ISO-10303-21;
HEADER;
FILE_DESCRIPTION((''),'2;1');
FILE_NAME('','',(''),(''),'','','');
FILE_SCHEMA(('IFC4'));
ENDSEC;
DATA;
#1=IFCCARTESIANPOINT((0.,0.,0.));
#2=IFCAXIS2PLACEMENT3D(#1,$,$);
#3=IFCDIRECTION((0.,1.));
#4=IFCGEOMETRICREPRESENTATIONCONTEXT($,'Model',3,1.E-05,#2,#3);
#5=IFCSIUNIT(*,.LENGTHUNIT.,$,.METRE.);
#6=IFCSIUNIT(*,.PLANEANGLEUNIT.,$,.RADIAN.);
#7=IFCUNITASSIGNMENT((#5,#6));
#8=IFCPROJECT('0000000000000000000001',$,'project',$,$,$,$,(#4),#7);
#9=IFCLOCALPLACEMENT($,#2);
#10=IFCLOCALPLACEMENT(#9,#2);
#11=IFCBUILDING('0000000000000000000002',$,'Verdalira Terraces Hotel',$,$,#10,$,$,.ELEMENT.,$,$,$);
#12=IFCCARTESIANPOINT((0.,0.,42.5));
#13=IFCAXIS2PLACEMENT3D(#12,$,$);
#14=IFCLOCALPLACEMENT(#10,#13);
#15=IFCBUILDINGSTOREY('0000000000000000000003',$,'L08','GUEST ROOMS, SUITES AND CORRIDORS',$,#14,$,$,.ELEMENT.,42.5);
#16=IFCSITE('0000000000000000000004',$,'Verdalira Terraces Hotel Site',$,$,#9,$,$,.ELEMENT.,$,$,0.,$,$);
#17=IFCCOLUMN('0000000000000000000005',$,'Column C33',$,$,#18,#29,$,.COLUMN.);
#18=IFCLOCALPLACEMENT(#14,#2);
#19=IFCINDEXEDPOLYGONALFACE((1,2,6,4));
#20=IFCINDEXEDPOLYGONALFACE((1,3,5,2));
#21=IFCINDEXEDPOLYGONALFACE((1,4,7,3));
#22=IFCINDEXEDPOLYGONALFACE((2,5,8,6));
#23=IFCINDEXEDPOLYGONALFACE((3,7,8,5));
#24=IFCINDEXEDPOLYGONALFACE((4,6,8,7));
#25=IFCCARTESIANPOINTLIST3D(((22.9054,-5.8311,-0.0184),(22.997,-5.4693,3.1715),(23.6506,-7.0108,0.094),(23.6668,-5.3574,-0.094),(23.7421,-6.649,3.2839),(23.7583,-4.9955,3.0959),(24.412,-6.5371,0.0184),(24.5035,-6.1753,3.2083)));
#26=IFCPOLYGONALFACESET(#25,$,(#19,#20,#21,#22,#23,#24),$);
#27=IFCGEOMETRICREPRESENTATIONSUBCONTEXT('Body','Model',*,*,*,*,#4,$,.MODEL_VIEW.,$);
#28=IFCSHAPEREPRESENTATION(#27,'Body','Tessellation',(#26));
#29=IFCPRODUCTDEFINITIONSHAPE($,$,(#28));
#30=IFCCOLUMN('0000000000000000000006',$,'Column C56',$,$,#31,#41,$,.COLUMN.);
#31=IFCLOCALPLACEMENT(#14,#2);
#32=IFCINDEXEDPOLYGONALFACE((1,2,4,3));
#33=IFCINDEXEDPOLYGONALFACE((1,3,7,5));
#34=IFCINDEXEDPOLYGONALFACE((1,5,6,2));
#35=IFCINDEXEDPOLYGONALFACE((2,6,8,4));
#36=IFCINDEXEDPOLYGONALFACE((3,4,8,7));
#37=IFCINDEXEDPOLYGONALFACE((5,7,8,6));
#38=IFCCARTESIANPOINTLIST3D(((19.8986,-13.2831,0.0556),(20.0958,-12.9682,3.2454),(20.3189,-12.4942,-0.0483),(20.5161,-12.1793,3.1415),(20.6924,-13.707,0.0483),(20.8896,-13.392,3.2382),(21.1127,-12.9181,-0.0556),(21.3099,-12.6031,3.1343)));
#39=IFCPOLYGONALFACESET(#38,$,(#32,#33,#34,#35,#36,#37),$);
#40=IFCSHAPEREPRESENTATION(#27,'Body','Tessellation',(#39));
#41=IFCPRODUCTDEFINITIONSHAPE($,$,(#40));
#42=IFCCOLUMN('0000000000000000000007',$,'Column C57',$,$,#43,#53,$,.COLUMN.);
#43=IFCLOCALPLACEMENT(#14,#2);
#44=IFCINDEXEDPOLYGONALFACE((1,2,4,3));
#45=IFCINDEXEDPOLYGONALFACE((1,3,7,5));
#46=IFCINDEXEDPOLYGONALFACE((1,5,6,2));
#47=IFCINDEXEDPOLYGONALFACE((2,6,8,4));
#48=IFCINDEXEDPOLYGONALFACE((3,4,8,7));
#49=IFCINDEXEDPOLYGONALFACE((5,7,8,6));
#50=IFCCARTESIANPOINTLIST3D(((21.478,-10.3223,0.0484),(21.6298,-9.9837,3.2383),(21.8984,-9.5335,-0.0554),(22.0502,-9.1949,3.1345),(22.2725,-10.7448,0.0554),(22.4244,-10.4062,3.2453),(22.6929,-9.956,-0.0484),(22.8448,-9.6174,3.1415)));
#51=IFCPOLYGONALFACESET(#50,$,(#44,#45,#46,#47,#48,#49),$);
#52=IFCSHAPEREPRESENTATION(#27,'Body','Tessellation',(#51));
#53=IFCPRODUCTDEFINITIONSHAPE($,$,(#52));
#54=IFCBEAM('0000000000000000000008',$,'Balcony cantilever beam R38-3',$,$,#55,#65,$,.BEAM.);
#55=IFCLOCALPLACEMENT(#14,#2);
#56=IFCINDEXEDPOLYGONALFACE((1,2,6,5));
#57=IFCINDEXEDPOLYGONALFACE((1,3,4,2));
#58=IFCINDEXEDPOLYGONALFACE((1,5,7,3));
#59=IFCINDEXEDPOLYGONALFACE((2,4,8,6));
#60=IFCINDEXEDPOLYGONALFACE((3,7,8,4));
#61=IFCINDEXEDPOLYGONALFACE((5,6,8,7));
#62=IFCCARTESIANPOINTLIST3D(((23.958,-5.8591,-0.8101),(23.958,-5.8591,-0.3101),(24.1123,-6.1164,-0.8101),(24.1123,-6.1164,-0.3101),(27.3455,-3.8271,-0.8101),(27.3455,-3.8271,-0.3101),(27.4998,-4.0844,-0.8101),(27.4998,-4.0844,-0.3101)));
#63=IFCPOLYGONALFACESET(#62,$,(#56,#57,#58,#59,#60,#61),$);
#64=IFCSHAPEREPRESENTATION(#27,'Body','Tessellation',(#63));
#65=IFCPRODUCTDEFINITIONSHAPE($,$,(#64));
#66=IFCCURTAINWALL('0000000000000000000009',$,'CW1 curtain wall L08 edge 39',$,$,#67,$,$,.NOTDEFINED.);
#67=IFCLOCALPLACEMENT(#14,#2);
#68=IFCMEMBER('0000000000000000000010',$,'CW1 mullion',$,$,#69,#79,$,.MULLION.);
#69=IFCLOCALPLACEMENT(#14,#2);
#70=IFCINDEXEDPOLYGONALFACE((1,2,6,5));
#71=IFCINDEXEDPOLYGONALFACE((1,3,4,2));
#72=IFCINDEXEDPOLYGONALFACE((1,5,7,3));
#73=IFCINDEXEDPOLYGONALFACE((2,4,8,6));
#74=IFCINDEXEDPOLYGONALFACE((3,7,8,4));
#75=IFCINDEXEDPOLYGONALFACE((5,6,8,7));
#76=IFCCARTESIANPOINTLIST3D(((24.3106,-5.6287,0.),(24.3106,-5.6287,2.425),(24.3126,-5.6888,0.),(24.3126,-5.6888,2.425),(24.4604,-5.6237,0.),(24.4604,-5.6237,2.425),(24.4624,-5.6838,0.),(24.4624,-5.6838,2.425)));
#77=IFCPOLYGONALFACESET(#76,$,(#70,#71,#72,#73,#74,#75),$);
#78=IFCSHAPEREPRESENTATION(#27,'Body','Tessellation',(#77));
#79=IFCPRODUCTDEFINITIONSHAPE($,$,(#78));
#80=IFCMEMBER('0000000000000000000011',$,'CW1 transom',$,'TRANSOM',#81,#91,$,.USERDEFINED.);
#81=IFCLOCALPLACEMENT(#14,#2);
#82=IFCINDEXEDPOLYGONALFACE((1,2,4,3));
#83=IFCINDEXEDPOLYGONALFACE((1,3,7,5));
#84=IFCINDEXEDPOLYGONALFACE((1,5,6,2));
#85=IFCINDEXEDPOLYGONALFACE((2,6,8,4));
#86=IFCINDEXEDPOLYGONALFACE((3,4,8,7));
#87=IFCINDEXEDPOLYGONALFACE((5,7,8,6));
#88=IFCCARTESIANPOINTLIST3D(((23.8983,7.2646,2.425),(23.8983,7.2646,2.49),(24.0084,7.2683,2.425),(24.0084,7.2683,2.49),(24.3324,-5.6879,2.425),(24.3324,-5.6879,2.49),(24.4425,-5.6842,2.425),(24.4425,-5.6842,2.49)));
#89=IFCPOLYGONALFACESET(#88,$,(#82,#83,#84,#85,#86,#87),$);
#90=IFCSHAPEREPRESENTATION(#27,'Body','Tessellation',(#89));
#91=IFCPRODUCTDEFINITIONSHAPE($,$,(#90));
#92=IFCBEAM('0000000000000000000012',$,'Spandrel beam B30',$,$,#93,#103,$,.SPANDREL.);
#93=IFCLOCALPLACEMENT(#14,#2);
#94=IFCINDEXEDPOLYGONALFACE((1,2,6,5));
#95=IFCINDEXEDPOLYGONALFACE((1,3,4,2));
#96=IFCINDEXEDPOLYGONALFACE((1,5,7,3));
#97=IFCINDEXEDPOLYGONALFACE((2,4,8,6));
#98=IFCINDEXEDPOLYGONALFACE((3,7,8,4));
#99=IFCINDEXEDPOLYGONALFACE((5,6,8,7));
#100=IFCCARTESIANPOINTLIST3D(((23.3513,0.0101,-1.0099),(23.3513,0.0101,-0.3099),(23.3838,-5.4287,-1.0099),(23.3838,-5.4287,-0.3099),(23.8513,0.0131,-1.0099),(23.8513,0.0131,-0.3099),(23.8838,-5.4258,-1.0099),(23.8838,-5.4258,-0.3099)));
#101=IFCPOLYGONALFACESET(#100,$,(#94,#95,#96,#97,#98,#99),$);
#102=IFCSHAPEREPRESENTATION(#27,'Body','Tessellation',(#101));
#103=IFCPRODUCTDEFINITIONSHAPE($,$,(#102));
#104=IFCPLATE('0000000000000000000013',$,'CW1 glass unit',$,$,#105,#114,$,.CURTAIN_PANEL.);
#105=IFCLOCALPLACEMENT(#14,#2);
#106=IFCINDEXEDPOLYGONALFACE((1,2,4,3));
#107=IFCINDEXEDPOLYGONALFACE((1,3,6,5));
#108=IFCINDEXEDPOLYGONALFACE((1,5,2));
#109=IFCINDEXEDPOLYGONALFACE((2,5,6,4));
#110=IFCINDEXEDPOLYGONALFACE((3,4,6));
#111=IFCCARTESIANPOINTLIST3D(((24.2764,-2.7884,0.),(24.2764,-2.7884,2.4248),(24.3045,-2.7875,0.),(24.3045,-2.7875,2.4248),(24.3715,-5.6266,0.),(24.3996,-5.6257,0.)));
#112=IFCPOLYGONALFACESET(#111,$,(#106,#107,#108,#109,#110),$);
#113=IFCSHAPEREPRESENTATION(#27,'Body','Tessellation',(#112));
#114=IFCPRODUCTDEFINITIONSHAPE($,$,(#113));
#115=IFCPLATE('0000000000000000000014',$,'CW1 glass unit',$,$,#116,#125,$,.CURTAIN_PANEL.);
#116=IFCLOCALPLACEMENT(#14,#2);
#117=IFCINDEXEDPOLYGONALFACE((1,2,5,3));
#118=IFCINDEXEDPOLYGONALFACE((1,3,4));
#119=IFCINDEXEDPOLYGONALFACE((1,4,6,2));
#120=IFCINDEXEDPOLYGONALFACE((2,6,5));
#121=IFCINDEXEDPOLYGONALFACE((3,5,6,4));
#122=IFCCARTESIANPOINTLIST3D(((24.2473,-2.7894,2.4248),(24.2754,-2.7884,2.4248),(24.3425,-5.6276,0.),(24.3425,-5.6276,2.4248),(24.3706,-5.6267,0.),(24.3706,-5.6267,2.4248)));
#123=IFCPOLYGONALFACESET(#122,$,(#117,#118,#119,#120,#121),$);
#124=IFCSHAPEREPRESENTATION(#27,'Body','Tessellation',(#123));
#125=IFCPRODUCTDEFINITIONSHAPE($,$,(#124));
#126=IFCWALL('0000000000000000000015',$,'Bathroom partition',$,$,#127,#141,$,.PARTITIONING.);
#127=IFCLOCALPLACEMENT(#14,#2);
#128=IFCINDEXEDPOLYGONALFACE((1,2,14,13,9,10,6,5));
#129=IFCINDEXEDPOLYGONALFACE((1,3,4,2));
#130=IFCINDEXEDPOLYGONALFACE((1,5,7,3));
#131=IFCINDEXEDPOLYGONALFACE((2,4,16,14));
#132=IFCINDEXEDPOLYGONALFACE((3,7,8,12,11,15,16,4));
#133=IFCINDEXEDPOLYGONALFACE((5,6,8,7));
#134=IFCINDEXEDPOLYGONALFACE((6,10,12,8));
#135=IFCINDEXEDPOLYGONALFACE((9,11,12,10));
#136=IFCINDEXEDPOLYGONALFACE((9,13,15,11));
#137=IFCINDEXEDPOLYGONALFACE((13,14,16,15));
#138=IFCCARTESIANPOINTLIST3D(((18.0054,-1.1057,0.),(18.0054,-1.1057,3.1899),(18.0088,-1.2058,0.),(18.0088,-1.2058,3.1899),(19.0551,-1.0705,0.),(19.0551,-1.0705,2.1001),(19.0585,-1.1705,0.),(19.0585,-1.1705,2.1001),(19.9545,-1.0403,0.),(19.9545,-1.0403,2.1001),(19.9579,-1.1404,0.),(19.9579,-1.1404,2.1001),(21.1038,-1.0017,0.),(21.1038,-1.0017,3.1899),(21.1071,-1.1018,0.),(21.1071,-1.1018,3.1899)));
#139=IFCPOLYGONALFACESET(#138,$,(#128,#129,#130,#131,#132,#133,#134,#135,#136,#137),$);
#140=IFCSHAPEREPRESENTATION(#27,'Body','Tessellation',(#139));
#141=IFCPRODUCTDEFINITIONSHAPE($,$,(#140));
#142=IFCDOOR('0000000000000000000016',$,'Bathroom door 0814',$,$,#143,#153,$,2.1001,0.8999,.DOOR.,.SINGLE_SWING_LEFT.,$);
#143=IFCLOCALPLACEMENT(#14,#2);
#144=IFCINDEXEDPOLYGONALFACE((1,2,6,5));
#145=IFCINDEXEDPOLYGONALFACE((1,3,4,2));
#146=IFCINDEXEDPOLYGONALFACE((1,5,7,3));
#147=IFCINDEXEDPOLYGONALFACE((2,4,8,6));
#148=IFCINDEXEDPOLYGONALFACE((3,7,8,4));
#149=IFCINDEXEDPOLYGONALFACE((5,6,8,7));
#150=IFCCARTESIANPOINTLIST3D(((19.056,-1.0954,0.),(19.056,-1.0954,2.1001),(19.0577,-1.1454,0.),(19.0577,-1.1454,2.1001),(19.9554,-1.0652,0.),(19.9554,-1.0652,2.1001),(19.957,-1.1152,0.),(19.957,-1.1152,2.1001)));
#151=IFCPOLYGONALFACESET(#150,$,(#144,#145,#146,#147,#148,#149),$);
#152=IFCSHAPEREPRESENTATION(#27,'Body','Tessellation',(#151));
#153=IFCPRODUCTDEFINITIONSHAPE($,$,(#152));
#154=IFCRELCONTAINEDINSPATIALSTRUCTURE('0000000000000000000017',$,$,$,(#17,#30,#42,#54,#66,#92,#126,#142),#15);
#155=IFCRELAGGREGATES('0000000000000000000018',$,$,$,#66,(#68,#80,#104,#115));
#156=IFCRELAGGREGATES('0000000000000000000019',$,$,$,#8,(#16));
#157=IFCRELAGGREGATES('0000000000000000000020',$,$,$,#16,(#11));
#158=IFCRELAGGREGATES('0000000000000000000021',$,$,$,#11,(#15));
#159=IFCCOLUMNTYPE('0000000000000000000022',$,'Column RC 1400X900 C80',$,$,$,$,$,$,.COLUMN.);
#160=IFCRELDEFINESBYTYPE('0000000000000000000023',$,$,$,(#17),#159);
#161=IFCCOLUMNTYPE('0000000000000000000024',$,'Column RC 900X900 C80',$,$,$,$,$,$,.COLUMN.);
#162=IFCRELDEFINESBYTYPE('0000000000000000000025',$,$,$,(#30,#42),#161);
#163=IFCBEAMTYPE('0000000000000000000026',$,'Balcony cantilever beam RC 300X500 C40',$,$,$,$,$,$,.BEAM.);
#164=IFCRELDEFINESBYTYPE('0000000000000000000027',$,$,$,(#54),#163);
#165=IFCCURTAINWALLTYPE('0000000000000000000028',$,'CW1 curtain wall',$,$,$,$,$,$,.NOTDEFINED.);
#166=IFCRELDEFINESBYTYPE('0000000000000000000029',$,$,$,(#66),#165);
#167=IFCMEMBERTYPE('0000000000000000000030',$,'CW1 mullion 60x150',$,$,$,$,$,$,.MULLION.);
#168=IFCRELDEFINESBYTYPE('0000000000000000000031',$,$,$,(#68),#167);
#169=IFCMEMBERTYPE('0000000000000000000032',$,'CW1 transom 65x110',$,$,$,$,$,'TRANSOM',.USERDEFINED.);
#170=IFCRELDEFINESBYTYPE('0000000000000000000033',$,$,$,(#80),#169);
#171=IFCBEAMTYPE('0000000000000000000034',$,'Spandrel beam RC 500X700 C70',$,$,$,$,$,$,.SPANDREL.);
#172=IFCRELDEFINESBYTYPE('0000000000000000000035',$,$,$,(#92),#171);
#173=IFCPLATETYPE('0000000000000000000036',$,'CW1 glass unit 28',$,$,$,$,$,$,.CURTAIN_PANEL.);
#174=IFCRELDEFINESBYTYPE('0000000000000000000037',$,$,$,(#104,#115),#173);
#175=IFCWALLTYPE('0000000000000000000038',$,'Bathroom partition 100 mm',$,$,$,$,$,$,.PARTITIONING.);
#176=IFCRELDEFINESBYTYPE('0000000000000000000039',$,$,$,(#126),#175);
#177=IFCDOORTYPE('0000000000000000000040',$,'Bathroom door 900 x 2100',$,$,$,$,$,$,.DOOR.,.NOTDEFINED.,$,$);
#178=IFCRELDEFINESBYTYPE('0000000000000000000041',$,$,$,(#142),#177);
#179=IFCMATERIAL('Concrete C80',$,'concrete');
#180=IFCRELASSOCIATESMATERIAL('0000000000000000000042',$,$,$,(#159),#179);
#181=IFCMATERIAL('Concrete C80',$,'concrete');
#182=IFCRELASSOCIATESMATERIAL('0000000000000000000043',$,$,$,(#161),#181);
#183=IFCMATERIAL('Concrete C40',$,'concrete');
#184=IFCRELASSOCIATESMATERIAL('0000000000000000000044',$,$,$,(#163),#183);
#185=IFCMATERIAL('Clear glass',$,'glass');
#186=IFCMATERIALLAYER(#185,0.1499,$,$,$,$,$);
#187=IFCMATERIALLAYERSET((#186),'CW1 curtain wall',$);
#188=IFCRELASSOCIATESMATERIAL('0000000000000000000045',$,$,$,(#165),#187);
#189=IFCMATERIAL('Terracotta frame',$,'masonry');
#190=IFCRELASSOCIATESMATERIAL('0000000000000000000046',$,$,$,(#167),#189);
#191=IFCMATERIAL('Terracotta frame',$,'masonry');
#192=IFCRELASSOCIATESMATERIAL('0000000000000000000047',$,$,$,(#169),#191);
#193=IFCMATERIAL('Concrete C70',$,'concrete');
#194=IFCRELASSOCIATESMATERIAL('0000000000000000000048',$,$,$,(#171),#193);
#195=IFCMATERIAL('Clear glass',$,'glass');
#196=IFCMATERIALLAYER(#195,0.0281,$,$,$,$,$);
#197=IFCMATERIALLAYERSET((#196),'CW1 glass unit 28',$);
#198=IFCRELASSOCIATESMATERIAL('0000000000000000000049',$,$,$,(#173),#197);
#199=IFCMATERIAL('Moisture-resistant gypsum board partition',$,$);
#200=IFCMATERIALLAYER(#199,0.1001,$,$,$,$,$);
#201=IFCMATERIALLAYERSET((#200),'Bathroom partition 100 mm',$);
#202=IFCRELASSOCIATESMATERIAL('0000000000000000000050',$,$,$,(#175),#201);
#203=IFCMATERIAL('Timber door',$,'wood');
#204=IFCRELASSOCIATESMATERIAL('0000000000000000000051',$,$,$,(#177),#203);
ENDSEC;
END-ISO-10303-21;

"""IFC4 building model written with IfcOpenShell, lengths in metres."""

from ifc_helpers import new_model, si_unit, direction, frame, frame_2d, origin, origin_2d, place, context, subcontext, project, spatial, polyline, rectangle, outline, extrude, material, layer, layer_set, material_profile, profile_set, type_object, element, fill, aggregate, save


model = new_model("IFC4")

# Units and contexts
model_context = context("Model", 3, precision=1e-05, world=origin(), true_north=direction((0.0, 1.0)))
body_context = subcontext(model_context, "Body", "Model", "MODEL_VIEW")
ifc_project = project(units=[si_unit("LENGTHUNIT", "METRE"), si_unit("PLANEANGLEUNIT", "RADIAN")], contexts=[model_context])

# Site, building, storey
site_placement = place(None, origin())
site = spatial("IfcSite", under=ifc_project, at=site_placement, Name="Verdalira Terraces Hotel Site", CompositionType="ELEMENT", RefElevation=0.0)
building_placement = place(site_placement, origin())
building = spatial("IfcBuilding", under=site, at=building_placement, Name="Verdalira Terraces Hotel", CompositionType="ELEMENT")
storey_placement = place(building_placement, frame((0.0, 0.0, 42.5)))
storey = spatial("IfcBuildingStorey", under=building, at=storey_placement, Name="L08", Description="GUEST ROOMS, SUITES AND CORRIDORS", CompositionType="ELEMENT", Elevation=42.5)

# Columns
ifc_material_1 = material(Name="Concrete C80", Category="concrete")
ifc_material_profile_1 = material_profile(ifc_material_1, rectangle(XDim=1.3999, YDim=0.8999, at=origin_2d()), Name="RC 1400X900")
ifc_profile_set_1 = profile_set([ifc_material_profile_1], Name="Concrete C80")
column_type_1 = type_object("IfcColumnType", Name="Column RC 1400X900 C80", PredefinedType="COLUMN", material=ifc_profile_set_1)
column_placement = place(storey_placement, frame((23.6587, -6.1841, 0.0), z_axis=(0.028506, 0.112656, 0.993225), x_axis=(0.532308, -0.842733, 0.080309)))
element("IfcColumn", 1, at=column_placement, inside=storey, type_object=column_type_1, Name="Column C33", PredefinedType="COLUMN", context=body_context, shape_type="SweptSolid", body=[
    extrude(rectangle(XDim=1.3999, YDim=0.8999, at=origin_2d()), origin(), (0.0, 0.0, 1.0), 3.2117),
])
ifc_material_2 = material(Name="Concrete C80", Category="concrete")
ifc_material_profile_2 = material_profile(ifc_material_2, rectangle(XDim=0.8999, YDim=0.8999, at=origin_2d()), Name="RC 900X900")
ifc_profile_set_2 = profile_set([ifc_material_profile_2], Name="Concrete C80")
column_type_2 = type_object("IfcColumnType", Name="Column RC 900X900 C80", PredefinedType="COLUMN", material=ifc_profile_set_2)
for number, where, z_axis, x_axis, name in (
    (2, (20.5056, -13.1006, 0.0), (0.061424, 0.098066, 0.993282), (0.882088, -0.471016, -0.008045), "Column C56"),
    (3, (22.0854, -10.1392, 0.0), (0.047286, 0.105442, 0.993301), (0.8829, -0.469497, 0.007809), "Column C57"),
):
    element("IfcColumn", number, at=place(storey_placement, frame(where, z_axis=z_axis, x_axis=x_axis)), inside=storey, type_object=column_type_2, Name=name, PredefinedType="COLUMN", context=body_context, shape_type="SweptSolid", body=[
        extrude(rectangle(XDim=0.8999, YDim=0.8999, at=origin_2d()), origin(), (0.0, 0.0, 1.0), 3.2114),
    ])

# Beam
ifc_material_3 = material(Name="Concrete C40", Category="concrete")
ifc_material_profile_3 = material_profile(ifc_material_3, rectangle(XDim=0.3, YDim=0.5, at=origin_2d()), Name="RC 300X500")
ifc_profile_set_3 = profile_set([ifc_material_profile_3], Name="Concrete C40")
beam_type_1 = type_object("IfcBeamType", Name="Balcony cantilever beam RC 300X500 C40", PredefinedType="BEAM", material=ifc_profile_set_3)
beam_1_placement = place(storey_placement, frame((24.0352, -5.9878, -0.5601), z_axis=(0.857547, 0.514405, 0.0), x_axis=(-0.514405, 0.857547, 0.0)))
element("IfcBeam", 4, at=beam_1_placement, inside=storey, type_object=beam_type_1, Name="Balcony cantilever beam R38-3", PredefinedType="BEAM", context=body_context, shape_type="SweptSolid", body=[
    extrude(rectangle(XDim=0.3, YDim=0.5, at=origin_2d()), origin(), (0.0, 0.0, 1.0), 3.9502),
])

# Curtain wall, members
ifc_material_4 = material(Name="Clear glass", Category="glass")
ifc_layer_1 = layer(ifc_material_4, 0.1499)
ifc_layer_set_1 = layer_set([ifc_layer_1], Name="CW1 curtain wall")
curtain_wall_type = type_object("IfcCurtainWallType", Name="CW1 curtain wall", PredefinedType="NOTDEFINED", material=ifc_layer_set_1)
curtain_wall_placement = place(storey_placement, origin())
curtain_wall = element("IfcCurtainWall", 5, at=curtain_wall_placement, inside=storey, type_object=curtain_wall_type, Name="CW1 curtain wall L08 edge 39", PredefinedType="NOTDEFINED")
ifc_material_5 = material(Name="Terracotta frame", Category="masonry")
ifc_material_profile_4 = material_profile(ifc_material_5, rectangle(XDim=0.0601, YDim=0.1499, at=origin_2d()), Name="MU 60x150")
ifc_profile_set_4 = profile_set([ifc_material_profile_4], Name="Terracotta frame")
member_type_1 = type_object("IfcMemberType", Name="CW1 mullion 60x150", PredefinedType="MULLION", material=ifc_profile_set_4)
member_1_placement = place(storey_placement, frame((24.3865, -5.6562, 0.0), z_axis=(0.0, 0.0, 1.0), x_axis=(-0.033504, 0.999439, 0.0)))
member_1 = element("IfcMember", 6, at=member_1_placement, type_object=member_type_1, Name="CW1 mullion", PredefinedType="MULLION", context=body_context, shape_type="SweptSolid", body=[
    extrude(rectangle(XDim=0.0601, YDim=0.1499, at=origin_2d()), origin(), (0.0, 0.0, 1.0), 2.425),
])
ifc_material_6 = material(Name="Terracotta frame", Category="masonry")
ifc_material_profile_5 = material_profile(ifc_material_6, rectangle(XDim=0.1101, YDim=0.0649, at=origin_2d()), Name="TR 65x110")
ifc_profile_set_5 = profile_set([ifc_material_profile_5], Name="Terracotta frame")
member_type_2 = type_object("IfcMemberType", Name="CW1 transom 65x110", ElementType="TRANSOM", PredefinedType="USERDEFINED", material=ifc_profile_set_5)
member_2_placement = place(storey_placement, frame((24.3875, -5.686, 2.4575), z_axis=(-0.033495, 0.999439, 0.0), x_axis=(-0.999439, -0.033495, 0.0)))
member_2 = element("IfcMember", 7, at=member_2_placement, type_object=member_type_2, Name="CW1 transom", ObjectType="TRANSOM", PredefinedType="USERDEFINED", context=body_context, shape_type="SweptSolid", body=[
    extrude(rectangle(XDim=0.1101, YDim=0.0649, at=origin_2d()), origin(), (0.0, 0.0, 1.0), 12.9597),
])

# Beam
ifc_material_7 = material(Name="Concrete C70", Category="concrete")
ifc_material_profile_6 = material_profile(ifc_material_7, rectangle(XDim=0.5, YDim=0.7, at=origin_2d()), Name="RC 500X700")
ifc_profile_set_6 = profile_set([ifc_material_profile_6], Name="Concrete C70")
beam_type_2 = type_object("IfcBeamType", Name="Spandrel beam RC 500X700 C70", PredefinedType="SPANDREL", material=ifc_profile_set_6)
beam_2_placement = place(storey_placement, frame((23.6338, -5.4272, -0.6599), z_axis=(-0.00597, 0.999982, 0.0), x_axis=(-0.999982, -0.00597, 0.0)))
element("IfcBeam", 8, at=beam_2_placement, inside=storey, type_object=beam_type_2, Name="Spandrel beam B30", PredefinedType="SPANDREL", context=body_context, shape_type="SweptSolid", body=[
    extrude(rectangle(XDim=0.5, YDim=0.7, at=origin_2d()), origin(), (0.0, 0.0, 1.0), 5.439),
])

# Plates
ifc_material_8 = material(Name="Clear glass", Category="glass")
ifc_layer_2 = layer(ifc_material_8, 0.0281)
ifc_layer_set_2 = layer_set([ifc_layer_2], Name="CW1 glass unit 28")
plate_type = type_object("IfcPlateType", Name="CW1 glass unit 28", PredefinedType="CURTAIN_PANEL", material=ifc_layer_set_2)
plate_1_placement = place(storey_placement, frame((24.324, -4.2075, 1.2124), z_axis=(0.999439, 0.033504, 0.0), x_axis=(-0.033504, 0.999439, 0.0)))
plate_1 = element("IfcPlate", 9, at=plate_1_placement, type_object=plate_type, Name="CW1 glass unit", PredefinedType="CURTAIN_PANEL", context=body_context, shape_type="SweptSolid", body=[
    extrude(outline(polyline([(-1.4199, -1.2124), (1.4199, -1.2124), (1.4199, 1.2124), (-1.4199, -1.2124)])), origin(), (0.0, 0.0, 1.0), 0.0281),
])
plate_2_placement = place(storey_placement, frame((24.2949, -4.2085, 1.2124), z_axis=(0.999439, 0.033504, 0.0), x_axis=(-0.033504, 0.999439, 0.0)))
plate_2 = element("IfcPlate", 10, at=plate_2_placement, type_object=plate_type, Name="CW1 glass unit", PredefinedType="CURTAIN_PANEL", context=body_context, shape_type="SweptSolid", body=[
    extrude(outline(polyline([(-1.4199, -1.2124), (1.4199, 1.2124), (-1.4199, 1.2124), (-1.4199, -1.2124)])), origin(), (0.0, 0.0, 1.0), 0.0281),
])
aggregate(curtain_wall, [member_1, member_2, plate_1, plate_2])

# Wall, opening, door
ifc_material_9 = material(Name="Moisture-resistant gypsum board partition")
ifc_layer_3 = layer(ifc_material_9, 0.1001)
ifc_layer_set_3 = layer_set([ifc_layer_3], Name="Bathroom partition 100 mm")
wall_type_1 = type_object("IfcWallType", Name="Bathroom partition 100 mm", PredefinedType="PARTITIONING", material=ifc_layer_set_3)
wall_1_placement = place(storey_placement, frame((21.1055, -1.0518, 0.0), z_axis=(0.0, 0.0, 1.0), x_axis=(-0.999437, -0.033548, 0.0)))
wall_1 = element("IfcWall", 11, at=wall_1_placement, inside=storey, type_object=wall_type_1, Name="Bathroom partition", PredefinedType="PARTITIONING", context=body_context, shape_type="SweptSolid", body=[
    extrude(rectangle(XDim=3.1001, YDim=0.1001, at=frame_2d((1.55, 0.0))), origin(), (0.0, 0.0, 1.0), 3.1899),
])
opening_1_placement = place(wall_1_placement, frame((1.1499, 0.0, 0.0)))
opening_1 = element("IfcOpeningElement", 12, at=opening_1_placement, cuts=wall_1, PredefinedType="OPENING", context=body_context, shape_type="SweptSolid", body=[
    extrude(rectangle(XDim=0.8999, YDim=2.1001, at=frame_2d((0.45, 1.05))), frame((0.0, 0.0601, 0.0), z_axis=(0.0, -1.0, 0.0), x_axis=(1.0, 0.0, 0.0)), (0.0, 0.0, 1.0), 0.1201),
])
ifc_material_10 = material(Name="Timber door", Category="wood")
door_type_1 = type_object("IfcDoorType", Name="Bathroom door 900 x 2100", OperationType="NOTDEFINED", PredefinedType="DOOR", material=ifc_material_10)
door_1_placement = place(opening_1_placement, origin())
door_1 = element("IfcDoor", 13, at=door_1_placement, inside=storey, type_object=door_type_1, Name="Bathroom door 0814", OperationType="SINGLE_SWING_LEFT", OverallHeight=2.1001, OverallWidth=0.8999, PredefinedType="DOOR", context=body_context, shape_type="SweptSolid", body=[
    extrude(rectangle(XDim=0.8999, YDim=2.1001, at=frame_2d((0.45, 1.05))), frame((0.0, 0.0249, 0.0), z_axis=(0.0, -1.0, 0.0), x_axis=(1.0, 0.0, 0.0)), (0.0, 0.0, 1.0), 0.05),
])
fill(opening_1, door_1)

save(model, "model.ifc")
